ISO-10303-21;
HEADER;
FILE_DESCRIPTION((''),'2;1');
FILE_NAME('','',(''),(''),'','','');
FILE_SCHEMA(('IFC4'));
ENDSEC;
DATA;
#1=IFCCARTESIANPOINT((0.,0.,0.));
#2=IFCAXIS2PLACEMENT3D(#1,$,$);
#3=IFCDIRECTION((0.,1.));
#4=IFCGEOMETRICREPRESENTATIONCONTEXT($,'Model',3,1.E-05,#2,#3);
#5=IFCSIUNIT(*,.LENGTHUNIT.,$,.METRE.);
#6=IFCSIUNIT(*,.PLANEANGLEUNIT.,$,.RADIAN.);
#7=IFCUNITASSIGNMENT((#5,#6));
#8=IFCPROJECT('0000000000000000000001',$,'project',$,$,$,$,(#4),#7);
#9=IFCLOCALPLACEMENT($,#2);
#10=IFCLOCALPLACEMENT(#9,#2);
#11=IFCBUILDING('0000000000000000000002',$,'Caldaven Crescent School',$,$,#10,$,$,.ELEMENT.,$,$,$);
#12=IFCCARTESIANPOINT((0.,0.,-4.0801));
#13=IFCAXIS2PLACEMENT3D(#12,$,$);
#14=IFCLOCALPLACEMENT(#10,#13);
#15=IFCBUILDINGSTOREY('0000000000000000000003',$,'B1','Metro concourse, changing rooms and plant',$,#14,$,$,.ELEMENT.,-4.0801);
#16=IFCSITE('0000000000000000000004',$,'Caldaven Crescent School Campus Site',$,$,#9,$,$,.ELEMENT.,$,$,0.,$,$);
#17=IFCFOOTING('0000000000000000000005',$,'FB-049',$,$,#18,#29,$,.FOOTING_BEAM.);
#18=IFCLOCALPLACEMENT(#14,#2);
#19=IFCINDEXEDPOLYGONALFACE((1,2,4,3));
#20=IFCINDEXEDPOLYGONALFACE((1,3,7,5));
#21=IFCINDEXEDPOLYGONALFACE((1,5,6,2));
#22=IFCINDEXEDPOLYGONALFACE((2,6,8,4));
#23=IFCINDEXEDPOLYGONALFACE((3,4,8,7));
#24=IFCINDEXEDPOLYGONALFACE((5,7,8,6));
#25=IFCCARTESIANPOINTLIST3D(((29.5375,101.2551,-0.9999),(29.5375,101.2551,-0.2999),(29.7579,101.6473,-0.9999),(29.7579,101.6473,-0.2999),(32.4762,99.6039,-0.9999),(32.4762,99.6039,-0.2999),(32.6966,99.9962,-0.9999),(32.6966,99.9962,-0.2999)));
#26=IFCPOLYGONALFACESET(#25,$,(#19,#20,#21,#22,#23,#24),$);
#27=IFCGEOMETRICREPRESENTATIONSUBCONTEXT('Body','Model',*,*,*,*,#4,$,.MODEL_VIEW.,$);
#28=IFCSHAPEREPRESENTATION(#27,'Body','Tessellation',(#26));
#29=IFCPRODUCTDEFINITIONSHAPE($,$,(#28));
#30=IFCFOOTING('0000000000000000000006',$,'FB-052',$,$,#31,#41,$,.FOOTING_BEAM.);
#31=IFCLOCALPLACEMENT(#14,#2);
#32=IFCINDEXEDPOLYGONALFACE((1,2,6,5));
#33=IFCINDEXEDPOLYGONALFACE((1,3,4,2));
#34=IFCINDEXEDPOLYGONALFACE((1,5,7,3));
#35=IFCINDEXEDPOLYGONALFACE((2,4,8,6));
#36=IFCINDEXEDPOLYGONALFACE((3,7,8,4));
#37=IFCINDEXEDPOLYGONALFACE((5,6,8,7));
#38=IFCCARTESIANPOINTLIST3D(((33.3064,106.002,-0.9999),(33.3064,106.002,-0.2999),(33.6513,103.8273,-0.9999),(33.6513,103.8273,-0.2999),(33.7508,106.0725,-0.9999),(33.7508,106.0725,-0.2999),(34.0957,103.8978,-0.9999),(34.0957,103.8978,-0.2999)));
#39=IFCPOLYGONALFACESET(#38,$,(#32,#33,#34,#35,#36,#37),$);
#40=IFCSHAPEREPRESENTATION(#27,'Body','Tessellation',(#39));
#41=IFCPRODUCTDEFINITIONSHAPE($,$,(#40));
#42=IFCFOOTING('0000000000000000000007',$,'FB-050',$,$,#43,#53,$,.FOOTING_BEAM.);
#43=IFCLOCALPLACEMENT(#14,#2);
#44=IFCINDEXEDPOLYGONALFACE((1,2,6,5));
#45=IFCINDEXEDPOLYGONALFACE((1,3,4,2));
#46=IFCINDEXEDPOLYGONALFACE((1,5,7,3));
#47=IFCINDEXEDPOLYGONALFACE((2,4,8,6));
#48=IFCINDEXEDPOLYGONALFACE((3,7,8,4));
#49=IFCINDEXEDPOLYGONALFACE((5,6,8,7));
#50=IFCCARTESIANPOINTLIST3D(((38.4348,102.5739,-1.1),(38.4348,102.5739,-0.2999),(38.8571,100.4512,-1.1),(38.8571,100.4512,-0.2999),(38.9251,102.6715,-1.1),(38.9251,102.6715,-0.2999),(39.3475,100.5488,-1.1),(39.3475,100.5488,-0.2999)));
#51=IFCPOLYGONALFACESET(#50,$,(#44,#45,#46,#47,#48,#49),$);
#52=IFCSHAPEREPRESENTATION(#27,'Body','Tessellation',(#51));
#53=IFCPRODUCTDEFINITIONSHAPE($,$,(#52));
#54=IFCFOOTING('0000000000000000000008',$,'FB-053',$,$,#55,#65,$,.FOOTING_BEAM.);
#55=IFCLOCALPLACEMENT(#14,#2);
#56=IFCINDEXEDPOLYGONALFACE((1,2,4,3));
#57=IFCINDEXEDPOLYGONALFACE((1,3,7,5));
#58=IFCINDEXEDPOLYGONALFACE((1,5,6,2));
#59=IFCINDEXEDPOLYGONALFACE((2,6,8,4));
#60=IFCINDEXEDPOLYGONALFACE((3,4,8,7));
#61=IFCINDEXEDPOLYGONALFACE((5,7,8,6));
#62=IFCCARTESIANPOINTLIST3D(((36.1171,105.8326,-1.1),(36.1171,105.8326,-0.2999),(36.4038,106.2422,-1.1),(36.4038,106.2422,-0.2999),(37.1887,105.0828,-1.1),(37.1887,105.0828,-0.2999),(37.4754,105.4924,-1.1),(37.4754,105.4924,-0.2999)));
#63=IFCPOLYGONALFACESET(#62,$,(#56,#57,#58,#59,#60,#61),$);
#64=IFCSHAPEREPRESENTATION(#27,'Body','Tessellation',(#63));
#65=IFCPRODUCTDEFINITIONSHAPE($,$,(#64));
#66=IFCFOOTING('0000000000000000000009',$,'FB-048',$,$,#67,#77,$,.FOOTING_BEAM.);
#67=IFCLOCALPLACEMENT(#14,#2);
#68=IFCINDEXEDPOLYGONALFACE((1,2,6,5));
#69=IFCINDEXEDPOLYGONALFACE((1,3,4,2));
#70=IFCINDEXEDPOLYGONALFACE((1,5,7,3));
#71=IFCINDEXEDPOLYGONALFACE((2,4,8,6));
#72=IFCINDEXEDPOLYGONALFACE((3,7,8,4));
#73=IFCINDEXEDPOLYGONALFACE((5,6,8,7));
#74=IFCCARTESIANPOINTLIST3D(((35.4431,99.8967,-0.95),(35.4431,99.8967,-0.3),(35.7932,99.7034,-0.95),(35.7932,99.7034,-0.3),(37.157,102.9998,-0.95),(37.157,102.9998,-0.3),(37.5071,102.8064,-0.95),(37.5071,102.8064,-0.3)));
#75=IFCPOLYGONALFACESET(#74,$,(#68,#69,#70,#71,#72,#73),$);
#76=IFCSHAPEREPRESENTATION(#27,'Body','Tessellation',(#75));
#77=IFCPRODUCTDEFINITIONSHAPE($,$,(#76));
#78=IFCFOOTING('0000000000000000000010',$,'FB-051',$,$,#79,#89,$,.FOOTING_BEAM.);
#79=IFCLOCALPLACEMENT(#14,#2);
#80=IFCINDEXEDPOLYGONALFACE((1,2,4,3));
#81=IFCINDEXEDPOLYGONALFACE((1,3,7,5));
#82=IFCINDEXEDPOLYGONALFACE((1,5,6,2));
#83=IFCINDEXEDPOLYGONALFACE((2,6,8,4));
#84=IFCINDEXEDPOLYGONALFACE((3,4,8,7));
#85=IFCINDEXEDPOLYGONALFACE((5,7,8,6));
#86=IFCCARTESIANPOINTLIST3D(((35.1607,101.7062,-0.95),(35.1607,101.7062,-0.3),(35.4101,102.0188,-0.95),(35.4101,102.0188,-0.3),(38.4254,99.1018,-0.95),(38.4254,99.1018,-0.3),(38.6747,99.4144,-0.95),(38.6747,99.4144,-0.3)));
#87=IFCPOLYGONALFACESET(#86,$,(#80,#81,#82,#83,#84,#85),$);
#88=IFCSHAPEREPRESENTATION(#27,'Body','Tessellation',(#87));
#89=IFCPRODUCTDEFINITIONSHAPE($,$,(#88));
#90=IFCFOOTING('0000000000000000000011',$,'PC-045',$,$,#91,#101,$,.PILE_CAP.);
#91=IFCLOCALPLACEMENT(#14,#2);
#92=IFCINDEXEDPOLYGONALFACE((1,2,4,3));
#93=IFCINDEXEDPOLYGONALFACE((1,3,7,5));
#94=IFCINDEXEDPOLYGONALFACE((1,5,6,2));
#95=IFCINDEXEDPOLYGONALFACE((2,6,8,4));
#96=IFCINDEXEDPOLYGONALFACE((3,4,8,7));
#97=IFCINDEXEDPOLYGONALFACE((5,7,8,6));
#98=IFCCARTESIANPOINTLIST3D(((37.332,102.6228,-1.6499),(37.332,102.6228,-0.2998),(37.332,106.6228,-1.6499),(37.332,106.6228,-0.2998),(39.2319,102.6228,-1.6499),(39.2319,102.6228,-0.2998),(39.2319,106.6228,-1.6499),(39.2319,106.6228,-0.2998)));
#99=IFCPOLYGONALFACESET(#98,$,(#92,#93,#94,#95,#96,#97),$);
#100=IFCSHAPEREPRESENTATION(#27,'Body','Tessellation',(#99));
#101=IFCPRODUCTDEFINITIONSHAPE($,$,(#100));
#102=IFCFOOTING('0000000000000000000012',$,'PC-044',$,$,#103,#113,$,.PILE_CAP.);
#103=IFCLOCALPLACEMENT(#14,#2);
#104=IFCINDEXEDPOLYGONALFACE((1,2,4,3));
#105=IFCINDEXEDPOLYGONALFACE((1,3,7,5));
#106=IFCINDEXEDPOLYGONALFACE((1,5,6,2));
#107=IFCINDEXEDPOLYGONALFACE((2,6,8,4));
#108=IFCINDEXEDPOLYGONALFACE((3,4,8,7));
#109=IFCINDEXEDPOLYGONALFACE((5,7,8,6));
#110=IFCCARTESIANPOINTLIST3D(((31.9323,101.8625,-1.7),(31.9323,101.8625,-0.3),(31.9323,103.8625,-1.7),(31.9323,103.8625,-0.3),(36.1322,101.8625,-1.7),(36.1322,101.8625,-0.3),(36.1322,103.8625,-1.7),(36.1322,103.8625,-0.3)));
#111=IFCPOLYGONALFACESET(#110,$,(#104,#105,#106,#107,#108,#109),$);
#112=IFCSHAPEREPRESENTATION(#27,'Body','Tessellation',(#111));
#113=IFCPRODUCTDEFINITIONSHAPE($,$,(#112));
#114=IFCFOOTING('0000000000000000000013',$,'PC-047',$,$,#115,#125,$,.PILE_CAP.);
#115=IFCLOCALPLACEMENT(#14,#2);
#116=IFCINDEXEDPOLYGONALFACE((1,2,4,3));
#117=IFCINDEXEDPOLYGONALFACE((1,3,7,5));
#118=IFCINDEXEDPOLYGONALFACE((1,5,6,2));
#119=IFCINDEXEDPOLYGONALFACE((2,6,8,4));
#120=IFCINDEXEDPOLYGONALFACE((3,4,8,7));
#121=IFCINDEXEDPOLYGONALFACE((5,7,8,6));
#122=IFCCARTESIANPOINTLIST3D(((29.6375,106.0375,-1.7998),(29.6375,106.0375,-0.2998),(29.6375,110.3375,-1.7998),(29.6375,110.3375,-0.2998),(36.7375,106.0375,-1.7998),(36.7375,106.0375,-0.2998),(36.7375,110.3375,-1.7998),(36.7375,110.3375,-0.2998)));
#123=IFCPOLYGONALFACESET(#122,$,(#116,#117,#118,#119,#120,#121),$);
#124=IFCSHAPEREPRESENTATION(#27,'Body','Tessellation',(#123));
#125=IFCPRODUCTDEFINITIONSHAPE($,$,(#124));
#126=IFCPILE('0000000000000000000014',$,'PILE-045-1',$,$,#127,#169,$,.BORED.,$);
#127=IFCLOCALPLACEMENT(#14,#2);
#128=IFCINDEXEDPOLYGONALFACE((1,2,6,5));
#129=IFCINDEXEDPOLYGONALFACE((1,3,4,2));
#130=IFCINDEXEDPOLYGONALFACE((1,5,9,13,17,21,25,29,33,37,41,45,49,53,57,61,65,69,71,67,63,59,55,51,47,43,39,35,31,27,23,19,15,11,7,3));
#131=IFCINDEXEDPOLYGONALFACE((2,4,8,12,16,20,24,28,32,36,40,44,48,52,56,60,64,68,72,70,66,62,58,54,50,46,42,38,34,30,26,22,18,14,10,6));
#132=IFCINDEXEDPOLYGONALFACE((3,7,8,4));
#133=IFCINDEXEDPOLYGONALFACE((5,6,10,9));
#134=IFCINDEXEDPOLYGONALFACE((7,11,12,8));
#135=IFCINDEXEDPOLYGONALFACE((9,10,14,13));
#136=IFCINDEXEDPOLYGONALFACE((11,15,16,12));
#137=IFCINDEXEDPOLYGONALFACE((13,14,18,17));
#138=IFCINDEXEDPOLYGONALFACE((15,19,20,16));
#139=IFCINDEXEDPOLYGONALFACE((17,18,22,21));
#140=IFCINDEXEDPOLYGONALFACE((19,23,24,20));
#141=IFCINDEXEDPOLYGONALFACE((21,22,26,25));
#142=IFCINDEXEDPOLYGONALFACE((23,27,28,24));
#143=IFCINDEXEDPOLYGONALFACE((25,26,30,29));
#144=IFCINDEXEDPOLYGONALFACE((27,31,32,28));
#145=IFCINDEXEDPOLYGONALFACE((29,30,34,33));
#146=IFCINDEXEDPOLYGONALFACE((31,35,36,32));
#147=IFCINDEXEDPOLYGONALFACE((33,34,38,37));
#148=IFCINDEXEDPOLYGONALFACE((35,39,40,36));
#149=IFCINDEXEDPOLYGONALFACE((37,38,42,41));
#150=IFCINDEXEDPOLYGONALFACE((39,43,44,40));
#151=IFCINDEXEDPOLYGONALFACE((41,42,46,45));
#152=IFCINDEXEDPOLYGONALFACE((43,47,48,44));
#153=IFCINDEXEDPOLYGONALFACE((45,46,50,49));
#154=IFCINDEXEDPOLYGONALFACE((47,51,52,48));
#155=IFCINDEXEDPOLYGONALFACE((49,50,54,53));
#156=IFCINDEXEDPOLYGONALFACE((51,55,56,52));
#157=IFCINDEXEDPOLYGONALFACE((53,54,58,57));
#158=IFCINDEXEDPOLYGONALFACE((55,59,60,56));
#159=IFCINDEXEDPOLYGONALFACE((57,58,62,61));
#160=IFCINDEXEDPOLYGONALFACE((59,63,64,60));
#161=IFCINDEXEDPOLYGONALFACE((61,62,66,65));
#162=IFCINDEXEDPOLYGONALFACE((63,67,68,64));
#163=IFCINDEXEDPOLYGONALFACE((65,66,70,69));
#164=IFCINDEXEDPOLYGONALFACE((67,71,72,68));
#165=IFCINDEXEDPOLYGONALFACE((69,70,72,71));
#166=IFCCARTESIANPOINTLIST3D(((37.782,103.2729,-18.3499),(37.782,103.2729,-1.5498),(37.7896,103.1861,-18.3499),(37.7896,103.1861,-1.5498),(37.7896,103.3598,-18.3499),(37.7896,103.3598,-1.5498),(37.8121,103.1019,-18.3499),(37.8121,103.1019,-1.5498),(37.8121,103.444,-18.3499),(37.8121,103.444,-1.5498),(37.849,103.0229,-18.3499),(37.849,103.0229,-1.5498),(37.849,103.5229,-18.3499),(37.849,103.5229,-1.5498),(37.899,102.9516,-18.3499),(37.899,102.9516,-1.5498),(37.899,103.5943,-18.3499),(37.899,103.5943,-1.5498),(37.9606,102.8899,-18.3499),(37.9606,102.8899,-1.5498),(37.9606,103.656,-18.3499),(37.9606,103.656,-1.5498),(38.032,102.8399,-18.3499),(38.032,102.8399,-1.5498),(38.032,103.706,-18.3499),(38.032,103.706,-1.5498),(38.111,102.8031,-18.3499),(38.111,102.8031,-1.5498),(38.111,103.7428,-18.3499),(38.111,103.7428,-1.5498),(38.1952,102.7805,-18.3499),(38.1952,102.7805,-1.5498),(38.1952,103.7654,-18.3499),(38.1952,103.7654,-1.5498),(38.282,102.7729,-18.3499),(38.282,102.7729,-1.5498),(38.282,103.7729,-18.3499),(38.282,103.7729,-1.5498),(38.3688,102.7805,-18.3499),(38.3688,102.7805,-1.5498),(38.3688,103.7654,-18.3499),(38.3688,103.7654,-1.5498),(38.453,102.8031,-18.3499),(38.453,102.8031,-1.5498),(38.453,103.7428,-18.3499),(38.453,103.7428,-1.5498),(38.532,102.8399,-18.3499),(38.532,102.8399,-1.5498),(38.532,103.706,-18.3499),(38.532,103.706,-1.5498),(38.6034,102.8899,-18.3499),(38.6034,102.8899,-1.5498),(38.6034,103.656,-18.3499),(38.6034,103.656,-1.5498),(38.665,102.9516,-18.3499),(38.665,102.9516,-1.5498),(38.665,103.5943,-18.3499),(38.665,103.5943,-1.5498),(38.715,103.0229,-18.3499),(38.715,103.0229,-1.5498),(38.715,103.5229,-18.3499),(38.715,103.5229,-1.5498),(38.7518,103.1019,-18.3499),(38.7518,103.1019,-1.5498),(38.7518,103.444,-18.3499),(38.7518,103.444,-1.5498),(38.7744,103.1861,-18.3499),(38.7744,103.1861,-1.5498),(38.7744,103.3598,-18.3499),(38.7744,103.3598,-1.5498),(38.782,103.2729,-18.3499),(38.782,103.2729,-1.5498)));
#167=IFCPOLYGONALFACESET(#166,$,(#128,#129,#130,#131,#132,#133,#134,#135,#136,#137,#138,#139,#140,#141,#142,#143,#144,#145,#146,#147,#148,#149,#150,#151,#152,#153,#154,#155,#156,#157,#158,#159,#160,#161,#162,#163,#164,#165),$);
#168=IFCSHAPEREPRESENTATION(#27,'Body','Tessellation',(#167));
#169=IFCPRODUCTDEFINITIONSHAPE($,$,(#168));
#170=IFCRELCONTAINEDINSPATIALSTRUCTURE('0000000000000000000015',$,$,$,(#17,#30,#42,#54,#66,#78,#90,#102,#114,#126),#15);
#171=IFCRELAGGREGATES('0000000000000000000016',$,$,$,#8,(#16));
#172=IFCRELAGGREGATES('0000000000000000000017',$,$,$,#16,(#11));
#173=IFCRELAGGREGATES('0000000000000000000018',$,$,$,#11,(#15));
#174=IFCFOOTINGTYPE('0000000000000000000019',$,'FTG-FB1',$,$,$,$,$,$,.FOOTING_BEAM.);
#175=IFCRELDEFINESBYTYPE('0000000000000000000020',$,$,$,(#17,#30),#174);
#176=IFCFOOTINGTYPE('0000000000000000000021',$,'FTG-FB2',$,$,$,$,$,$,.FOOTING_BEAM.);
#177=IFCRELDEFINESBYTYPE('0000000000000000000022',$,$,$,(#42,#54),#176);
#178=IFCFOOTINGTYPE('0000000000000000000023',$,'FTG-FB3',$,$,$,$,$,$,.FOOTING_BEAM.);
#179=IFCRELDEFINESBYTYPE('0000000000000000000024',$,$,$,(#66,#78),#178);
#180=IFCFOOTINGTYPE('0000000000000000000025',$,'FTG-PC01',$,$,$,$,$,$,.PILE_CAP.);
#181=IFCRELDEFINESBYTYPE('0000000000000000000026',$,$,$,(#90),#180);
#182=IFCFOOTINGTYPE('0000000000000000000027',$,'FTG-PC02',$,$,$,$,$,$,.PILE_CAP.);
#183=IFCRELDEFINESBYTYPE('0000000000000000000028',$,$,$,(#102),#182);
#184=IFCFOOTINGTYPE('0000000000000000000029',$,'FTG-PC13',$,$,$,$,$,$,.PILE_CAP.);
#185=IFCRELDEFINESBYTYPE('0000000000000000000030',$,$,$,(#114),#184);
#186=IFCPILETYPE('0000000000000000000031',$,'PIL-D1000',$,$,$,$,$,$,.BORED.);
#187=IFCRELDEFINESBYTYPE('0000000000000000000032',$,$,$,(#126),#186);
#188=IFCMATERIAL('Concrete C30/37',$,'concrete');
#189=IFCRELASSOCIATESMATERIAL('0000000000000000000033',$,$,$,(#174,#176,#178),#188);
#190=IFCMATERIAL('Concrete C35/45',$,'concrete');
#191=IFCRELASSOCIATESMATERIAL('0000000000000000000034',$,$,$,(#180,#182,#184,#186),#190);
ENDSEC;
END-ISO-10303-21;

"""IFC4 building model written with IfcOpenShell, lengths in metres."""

from ifc_helpers import new_model, si_unit, direction, frame, origin, origin_2d, place, context, subcontext, project, spatial, rectangle, circle, extrude, material, material_profile, profile_set, type_object, element, save


model = new_model("IFC4")

# Units and contexts
model_context = context("Model", 3, precision=1e-05, world=origin(), true_north=direction((0.0, 1.0)))
body_context = subcontext(model_context, "Body", "Model", "MODEL_VIEW")
ifc_project = project(units=[si_unit("LENGTHUNIT", "METRE"), si_unit("PLANEANGLEUNIT", "RADIAN")], contexts=[model_context])

# Site, building, storey
site_placement = place(None, origin())
site = spatial("IfcSite", under=ifc_project, at=site_placement, Name="Caldaven Crescent School Campus Site", CompositionType="ELEMENT", RefElevation=0.0)
building_placement = place(site_placement, origin())
building = spatial("IfcBuilding", under=site, at=building_placement, Name="Caldaven Crescent School", CompositionType="ELEMENT")
storey_placement = place(building_placement, frame((0.0, 0.0, -4.0801)))
storey = spatial("IfcBuildingStorey", under=building, at=storey_placement, Name="B1", Description="Metro concourse, changing rooms and plant", CompositionType="ELEMENT", Elevation=-4.0801)

# Footings
ifc_material_1 = material(Name="Concrete C30/37", Category="concrete")
ifc_material_profile_1 = material_profile(ifc_material_1, rectangle(XDim=0.45, YDim=0.7, at=origin_2d()), Name="FB 450x700")
ifc_profile_set_1 = profile_set([ifc_material_profile_1], Name="Concrete C30/37")
footing_type_1 = type_object("IfcFootingType", Name="FTG-FB1", PredefinedType="FOOTING_BEAM", material=ifc_profile_set_1)
footing_1_placement = place(storey_placement, frame((32.5864, 99.8, -0.6499), z_axis=(-0.871817, 0.489831, 0.0), x_axis=(-0.489831, -0.871817, 0.0)))
element("IfcFooting", 1, at=footing_1_placement, inside=storey, type_object=footing_type_1, Name="FB-049", PredefinedType="FOOTING_BEAM", context=body_context, shape_type="SweptSolid", body=[
    extrude(rectangle(XDim=0.45, YDim=0.7, at=origin_2d()), origin(), (0.0, 0.0, 1.0), 3.3708),
])
footing_2_placement = place(storey_placement, frame((33.8735, 103.8625, -0.6499), z_axis=(-0.156663, 0.987652, 0.0), x_axis=(-0.987652, -0.156663, 0.0)))
element("IfcFooting", 2, at=footing_2_placement, inside=storey, type_object=footing_type_1, Name="FB-052", PredefinedType="FOOTING_BEAM", context=body_context, shape_type="SweptSolid", body=[
    extrude(rectangle(XDim=0.45, YDim=0.7, at=origin_2d()), origin(), (0.0, 0.0, 1.0), 2.2019),
])
ifc_material_profile_2 = material_profile(ifc_material_1, rectangle(XDim=0.5, YDim=0.8, at=origin_2d()), Name="FB 500x800")
ifc_profile_set_2 = profile_set([ifc_material_profile_2], Name="Concrete C30/37")
footing_type_2 = type_object("IfcFootingType", Name="FTG-FB2", PredefinedType="FOOTING_BEAM", material=ifc_profile_set_2)
footing_3_placement = place(storey_placement, frame((39.1023, 100.5, -0.7), z_axis=(-0.19514, 0.980775, 0.0), x_axis=(-0.980775, -0.19514, 0.0)))
element("IfcFooting", 3, at=footing_3_placement, inside=storey, type_object=footing_type_2, Name="FB-050", PredefinedType="FOOTING_BEAM", context=body_context, shape_type="SweptSolid", body=[
    extrude(rectangle(XDim=0.5, YDim=0.8, at=origin_2d()), origin(), (0.0, 0.0, 1.0), 2.1643),
])
footing_4_placement = place(storey_placement, frame((37.332, 105.2876, -0.7), z_axis=(-0.819346, 0.573299, 0.0), x_axis=(-0.573299, -0.819346, 0.0)))
element("IfcFooting", 4, at=footing_4_placement, inside=storey, type_object=footing_type_2, Name="FB-053", PredefinedType="FOOTING_BEAM", context=body_context, shape_type="SweptSolid", body=[
    extrude(rectangle(XDim=0.5, YDim=0.8, at=origin_2d()), origin(), (0.0, 0.0, 1.0), 1.3079),
])
ifc_material_profile_3 = material_profile(ifc_material_1, rectangle(XDim=0.3999, YDim=0.6499, at=origin_2d()), Name="FB 400x650")
ifc_profile_set_3 = profile_set([ifc_material_profile_3], Name="Concrete C30/37")
footing_type_3 = type_object("IfcFootingType", Name="FTG-FB3", PredefinedType="FOOTING_BEAM", material=ifc_profile_set_3)
footing_5_placement = place(storey_placement, frame((35.6182, 99.8, -0.625), z_axis=(0.483478, 0.875357, 0.0), x_axis=(-0.875357, 0.483478, 0.0)))
element("IfcFooting", 5, at=footing_5_placement, inside=storey, type_object=footing_type_3, Name="FB-048", PredefinedType="FOOTING_BEAM", context=body_context, shape_type="SweptSolid", body=[
    extrude(rectangle(XDim=0.3999, YDim=0.6499, at=origin_2d()), origin(), (0.0, 0.0, 1.0), 3.5449),
])
footing_6_placement = place(storey_placement, frame((38.55, 99.2581, -0.625), z_axis=(-0.781712, 0.623639, 0.0), x_axis=(-0.623639, -0.781712, 0.0)))
element("IfcFooting", 6, at=footing_6_placement, inside=storey, type_object=footing_type_3, Name="FB-051", PredefinedType="FOOTING_BEAM", context=body_context, shape_type="SweptSolid", body=[
    extrude(rectangle(XDim=0.3999, YDim=0.6499, at=origin_2d()), origin(), (0.0, 0.0, 1.0), 4.1763),
])
ifc_material_2 = material(Name="Concrete C35/45", Category="concrete")
footing_type_4 = type_object("IfcFootingType", Name="FTG-PC01", PredefinedType="PILE_CAP", material=ifc_material_2)
footing_7_placement = place(storey_placement, frame((38.282, 104.6228, -1.6499), z_axis=(0.0, 0.0, 1.0), x_axis=(0.0, 1.0, 0.0)))
element("IfcFooting", 7, at=footing_7_placement, inside=storey, type_object=footing_type_4, Name="PC-045", PredefinedType="PILE_CAP", context=body_context, shape_type="SweptSolid", body=[
    extrude(rectangle(XDim=4.0, YDim=1.8999, at=origin_2d()), origin(), (0.0, 0.0, 1.0), 1.3501),
])
footing_type_5 = type_object("IfcFootingType", Name="FTG-PC02", PredefinedType="PILE_CAP", material=ifc_material_2)
footing_8_placement = place(storey_placement, frame((34.0322, 102.8625, -1.7), z_axis=(0.0, 0.0, 1.0), x_axis=(1.0, 0.0, 0.0)))
element("IfcFooting", 8, at=footing_8_placement, inside=storey, type_object=footing_type_5, Name="PC-044", PredefinedType="PILE_CAP", context=body_context, shape_type="SweptSolid", body=[
    extrude(rectangle(XDim=4.2, YDim=2.0, at=origin_2d()), origin(), (0.0, 0.0, 1.0), 1.3999),
])
footing_type_6 = type_object("IfcFootingType", Name="FTG-PC13", PredefinedType="PILE_CAP", material=ifc_material_2)
footing_9_placement = place(storey_placement, frame((33.1875, 108.1875, -1.7998), z_axis=(0.0, 0.0, 1.0), x_axis=(1.0, 0.0, 0.0)))
element("IfcFooting", 9, at=footing_9_placement, inside=storey, type_object=footing_type_6, Name="PC-047", PredefinedType="PILE_CAP", context=body_context, shape_type="SweptSolid", body=[
    extrude(rectangle(XDim=7.1001, YDim=4.3, at=origin_2d()), origin(), (0.0, 0.0, 1.0), 1.5),
])

# Pile
ifc_material_profile_4 = material_profile(ifc_material_2, circle(Radius=0.5, at=origin_2d()), Name="PILE D1000")
ifc_profile_set_4 = profile_set([ifc_material_profile_4], Name="Concrete C35/45")
pile_type_1 = type_object("IfcPileType", Name="PIL-D1000", PredefinedType="BORED", material=ifc_profile_set_4)
for number, where, z_axis, x_axis, name in (
    (10, (38.282, 103.2729, -1.5498), (0.0, 0.0, -1.0), (1.0, 0.0, 0.0), "PILE-045-1"),
):
    element("IfcPile", number, at=place(storey_placement, frame(where, z_axis=z_axis, x_axis=x_axis)), inside=storey, type_object=pile_type_1, Name=name, PredefinedType="BORED", context=body_context, shape_type="SweptSolid", body=[
        extrude(circle(Radius=0.5, at=origin_2d()), origin(), (0.0, 0.0, 1.0), 16.8),
    ])

save(model, "model.ifc")
